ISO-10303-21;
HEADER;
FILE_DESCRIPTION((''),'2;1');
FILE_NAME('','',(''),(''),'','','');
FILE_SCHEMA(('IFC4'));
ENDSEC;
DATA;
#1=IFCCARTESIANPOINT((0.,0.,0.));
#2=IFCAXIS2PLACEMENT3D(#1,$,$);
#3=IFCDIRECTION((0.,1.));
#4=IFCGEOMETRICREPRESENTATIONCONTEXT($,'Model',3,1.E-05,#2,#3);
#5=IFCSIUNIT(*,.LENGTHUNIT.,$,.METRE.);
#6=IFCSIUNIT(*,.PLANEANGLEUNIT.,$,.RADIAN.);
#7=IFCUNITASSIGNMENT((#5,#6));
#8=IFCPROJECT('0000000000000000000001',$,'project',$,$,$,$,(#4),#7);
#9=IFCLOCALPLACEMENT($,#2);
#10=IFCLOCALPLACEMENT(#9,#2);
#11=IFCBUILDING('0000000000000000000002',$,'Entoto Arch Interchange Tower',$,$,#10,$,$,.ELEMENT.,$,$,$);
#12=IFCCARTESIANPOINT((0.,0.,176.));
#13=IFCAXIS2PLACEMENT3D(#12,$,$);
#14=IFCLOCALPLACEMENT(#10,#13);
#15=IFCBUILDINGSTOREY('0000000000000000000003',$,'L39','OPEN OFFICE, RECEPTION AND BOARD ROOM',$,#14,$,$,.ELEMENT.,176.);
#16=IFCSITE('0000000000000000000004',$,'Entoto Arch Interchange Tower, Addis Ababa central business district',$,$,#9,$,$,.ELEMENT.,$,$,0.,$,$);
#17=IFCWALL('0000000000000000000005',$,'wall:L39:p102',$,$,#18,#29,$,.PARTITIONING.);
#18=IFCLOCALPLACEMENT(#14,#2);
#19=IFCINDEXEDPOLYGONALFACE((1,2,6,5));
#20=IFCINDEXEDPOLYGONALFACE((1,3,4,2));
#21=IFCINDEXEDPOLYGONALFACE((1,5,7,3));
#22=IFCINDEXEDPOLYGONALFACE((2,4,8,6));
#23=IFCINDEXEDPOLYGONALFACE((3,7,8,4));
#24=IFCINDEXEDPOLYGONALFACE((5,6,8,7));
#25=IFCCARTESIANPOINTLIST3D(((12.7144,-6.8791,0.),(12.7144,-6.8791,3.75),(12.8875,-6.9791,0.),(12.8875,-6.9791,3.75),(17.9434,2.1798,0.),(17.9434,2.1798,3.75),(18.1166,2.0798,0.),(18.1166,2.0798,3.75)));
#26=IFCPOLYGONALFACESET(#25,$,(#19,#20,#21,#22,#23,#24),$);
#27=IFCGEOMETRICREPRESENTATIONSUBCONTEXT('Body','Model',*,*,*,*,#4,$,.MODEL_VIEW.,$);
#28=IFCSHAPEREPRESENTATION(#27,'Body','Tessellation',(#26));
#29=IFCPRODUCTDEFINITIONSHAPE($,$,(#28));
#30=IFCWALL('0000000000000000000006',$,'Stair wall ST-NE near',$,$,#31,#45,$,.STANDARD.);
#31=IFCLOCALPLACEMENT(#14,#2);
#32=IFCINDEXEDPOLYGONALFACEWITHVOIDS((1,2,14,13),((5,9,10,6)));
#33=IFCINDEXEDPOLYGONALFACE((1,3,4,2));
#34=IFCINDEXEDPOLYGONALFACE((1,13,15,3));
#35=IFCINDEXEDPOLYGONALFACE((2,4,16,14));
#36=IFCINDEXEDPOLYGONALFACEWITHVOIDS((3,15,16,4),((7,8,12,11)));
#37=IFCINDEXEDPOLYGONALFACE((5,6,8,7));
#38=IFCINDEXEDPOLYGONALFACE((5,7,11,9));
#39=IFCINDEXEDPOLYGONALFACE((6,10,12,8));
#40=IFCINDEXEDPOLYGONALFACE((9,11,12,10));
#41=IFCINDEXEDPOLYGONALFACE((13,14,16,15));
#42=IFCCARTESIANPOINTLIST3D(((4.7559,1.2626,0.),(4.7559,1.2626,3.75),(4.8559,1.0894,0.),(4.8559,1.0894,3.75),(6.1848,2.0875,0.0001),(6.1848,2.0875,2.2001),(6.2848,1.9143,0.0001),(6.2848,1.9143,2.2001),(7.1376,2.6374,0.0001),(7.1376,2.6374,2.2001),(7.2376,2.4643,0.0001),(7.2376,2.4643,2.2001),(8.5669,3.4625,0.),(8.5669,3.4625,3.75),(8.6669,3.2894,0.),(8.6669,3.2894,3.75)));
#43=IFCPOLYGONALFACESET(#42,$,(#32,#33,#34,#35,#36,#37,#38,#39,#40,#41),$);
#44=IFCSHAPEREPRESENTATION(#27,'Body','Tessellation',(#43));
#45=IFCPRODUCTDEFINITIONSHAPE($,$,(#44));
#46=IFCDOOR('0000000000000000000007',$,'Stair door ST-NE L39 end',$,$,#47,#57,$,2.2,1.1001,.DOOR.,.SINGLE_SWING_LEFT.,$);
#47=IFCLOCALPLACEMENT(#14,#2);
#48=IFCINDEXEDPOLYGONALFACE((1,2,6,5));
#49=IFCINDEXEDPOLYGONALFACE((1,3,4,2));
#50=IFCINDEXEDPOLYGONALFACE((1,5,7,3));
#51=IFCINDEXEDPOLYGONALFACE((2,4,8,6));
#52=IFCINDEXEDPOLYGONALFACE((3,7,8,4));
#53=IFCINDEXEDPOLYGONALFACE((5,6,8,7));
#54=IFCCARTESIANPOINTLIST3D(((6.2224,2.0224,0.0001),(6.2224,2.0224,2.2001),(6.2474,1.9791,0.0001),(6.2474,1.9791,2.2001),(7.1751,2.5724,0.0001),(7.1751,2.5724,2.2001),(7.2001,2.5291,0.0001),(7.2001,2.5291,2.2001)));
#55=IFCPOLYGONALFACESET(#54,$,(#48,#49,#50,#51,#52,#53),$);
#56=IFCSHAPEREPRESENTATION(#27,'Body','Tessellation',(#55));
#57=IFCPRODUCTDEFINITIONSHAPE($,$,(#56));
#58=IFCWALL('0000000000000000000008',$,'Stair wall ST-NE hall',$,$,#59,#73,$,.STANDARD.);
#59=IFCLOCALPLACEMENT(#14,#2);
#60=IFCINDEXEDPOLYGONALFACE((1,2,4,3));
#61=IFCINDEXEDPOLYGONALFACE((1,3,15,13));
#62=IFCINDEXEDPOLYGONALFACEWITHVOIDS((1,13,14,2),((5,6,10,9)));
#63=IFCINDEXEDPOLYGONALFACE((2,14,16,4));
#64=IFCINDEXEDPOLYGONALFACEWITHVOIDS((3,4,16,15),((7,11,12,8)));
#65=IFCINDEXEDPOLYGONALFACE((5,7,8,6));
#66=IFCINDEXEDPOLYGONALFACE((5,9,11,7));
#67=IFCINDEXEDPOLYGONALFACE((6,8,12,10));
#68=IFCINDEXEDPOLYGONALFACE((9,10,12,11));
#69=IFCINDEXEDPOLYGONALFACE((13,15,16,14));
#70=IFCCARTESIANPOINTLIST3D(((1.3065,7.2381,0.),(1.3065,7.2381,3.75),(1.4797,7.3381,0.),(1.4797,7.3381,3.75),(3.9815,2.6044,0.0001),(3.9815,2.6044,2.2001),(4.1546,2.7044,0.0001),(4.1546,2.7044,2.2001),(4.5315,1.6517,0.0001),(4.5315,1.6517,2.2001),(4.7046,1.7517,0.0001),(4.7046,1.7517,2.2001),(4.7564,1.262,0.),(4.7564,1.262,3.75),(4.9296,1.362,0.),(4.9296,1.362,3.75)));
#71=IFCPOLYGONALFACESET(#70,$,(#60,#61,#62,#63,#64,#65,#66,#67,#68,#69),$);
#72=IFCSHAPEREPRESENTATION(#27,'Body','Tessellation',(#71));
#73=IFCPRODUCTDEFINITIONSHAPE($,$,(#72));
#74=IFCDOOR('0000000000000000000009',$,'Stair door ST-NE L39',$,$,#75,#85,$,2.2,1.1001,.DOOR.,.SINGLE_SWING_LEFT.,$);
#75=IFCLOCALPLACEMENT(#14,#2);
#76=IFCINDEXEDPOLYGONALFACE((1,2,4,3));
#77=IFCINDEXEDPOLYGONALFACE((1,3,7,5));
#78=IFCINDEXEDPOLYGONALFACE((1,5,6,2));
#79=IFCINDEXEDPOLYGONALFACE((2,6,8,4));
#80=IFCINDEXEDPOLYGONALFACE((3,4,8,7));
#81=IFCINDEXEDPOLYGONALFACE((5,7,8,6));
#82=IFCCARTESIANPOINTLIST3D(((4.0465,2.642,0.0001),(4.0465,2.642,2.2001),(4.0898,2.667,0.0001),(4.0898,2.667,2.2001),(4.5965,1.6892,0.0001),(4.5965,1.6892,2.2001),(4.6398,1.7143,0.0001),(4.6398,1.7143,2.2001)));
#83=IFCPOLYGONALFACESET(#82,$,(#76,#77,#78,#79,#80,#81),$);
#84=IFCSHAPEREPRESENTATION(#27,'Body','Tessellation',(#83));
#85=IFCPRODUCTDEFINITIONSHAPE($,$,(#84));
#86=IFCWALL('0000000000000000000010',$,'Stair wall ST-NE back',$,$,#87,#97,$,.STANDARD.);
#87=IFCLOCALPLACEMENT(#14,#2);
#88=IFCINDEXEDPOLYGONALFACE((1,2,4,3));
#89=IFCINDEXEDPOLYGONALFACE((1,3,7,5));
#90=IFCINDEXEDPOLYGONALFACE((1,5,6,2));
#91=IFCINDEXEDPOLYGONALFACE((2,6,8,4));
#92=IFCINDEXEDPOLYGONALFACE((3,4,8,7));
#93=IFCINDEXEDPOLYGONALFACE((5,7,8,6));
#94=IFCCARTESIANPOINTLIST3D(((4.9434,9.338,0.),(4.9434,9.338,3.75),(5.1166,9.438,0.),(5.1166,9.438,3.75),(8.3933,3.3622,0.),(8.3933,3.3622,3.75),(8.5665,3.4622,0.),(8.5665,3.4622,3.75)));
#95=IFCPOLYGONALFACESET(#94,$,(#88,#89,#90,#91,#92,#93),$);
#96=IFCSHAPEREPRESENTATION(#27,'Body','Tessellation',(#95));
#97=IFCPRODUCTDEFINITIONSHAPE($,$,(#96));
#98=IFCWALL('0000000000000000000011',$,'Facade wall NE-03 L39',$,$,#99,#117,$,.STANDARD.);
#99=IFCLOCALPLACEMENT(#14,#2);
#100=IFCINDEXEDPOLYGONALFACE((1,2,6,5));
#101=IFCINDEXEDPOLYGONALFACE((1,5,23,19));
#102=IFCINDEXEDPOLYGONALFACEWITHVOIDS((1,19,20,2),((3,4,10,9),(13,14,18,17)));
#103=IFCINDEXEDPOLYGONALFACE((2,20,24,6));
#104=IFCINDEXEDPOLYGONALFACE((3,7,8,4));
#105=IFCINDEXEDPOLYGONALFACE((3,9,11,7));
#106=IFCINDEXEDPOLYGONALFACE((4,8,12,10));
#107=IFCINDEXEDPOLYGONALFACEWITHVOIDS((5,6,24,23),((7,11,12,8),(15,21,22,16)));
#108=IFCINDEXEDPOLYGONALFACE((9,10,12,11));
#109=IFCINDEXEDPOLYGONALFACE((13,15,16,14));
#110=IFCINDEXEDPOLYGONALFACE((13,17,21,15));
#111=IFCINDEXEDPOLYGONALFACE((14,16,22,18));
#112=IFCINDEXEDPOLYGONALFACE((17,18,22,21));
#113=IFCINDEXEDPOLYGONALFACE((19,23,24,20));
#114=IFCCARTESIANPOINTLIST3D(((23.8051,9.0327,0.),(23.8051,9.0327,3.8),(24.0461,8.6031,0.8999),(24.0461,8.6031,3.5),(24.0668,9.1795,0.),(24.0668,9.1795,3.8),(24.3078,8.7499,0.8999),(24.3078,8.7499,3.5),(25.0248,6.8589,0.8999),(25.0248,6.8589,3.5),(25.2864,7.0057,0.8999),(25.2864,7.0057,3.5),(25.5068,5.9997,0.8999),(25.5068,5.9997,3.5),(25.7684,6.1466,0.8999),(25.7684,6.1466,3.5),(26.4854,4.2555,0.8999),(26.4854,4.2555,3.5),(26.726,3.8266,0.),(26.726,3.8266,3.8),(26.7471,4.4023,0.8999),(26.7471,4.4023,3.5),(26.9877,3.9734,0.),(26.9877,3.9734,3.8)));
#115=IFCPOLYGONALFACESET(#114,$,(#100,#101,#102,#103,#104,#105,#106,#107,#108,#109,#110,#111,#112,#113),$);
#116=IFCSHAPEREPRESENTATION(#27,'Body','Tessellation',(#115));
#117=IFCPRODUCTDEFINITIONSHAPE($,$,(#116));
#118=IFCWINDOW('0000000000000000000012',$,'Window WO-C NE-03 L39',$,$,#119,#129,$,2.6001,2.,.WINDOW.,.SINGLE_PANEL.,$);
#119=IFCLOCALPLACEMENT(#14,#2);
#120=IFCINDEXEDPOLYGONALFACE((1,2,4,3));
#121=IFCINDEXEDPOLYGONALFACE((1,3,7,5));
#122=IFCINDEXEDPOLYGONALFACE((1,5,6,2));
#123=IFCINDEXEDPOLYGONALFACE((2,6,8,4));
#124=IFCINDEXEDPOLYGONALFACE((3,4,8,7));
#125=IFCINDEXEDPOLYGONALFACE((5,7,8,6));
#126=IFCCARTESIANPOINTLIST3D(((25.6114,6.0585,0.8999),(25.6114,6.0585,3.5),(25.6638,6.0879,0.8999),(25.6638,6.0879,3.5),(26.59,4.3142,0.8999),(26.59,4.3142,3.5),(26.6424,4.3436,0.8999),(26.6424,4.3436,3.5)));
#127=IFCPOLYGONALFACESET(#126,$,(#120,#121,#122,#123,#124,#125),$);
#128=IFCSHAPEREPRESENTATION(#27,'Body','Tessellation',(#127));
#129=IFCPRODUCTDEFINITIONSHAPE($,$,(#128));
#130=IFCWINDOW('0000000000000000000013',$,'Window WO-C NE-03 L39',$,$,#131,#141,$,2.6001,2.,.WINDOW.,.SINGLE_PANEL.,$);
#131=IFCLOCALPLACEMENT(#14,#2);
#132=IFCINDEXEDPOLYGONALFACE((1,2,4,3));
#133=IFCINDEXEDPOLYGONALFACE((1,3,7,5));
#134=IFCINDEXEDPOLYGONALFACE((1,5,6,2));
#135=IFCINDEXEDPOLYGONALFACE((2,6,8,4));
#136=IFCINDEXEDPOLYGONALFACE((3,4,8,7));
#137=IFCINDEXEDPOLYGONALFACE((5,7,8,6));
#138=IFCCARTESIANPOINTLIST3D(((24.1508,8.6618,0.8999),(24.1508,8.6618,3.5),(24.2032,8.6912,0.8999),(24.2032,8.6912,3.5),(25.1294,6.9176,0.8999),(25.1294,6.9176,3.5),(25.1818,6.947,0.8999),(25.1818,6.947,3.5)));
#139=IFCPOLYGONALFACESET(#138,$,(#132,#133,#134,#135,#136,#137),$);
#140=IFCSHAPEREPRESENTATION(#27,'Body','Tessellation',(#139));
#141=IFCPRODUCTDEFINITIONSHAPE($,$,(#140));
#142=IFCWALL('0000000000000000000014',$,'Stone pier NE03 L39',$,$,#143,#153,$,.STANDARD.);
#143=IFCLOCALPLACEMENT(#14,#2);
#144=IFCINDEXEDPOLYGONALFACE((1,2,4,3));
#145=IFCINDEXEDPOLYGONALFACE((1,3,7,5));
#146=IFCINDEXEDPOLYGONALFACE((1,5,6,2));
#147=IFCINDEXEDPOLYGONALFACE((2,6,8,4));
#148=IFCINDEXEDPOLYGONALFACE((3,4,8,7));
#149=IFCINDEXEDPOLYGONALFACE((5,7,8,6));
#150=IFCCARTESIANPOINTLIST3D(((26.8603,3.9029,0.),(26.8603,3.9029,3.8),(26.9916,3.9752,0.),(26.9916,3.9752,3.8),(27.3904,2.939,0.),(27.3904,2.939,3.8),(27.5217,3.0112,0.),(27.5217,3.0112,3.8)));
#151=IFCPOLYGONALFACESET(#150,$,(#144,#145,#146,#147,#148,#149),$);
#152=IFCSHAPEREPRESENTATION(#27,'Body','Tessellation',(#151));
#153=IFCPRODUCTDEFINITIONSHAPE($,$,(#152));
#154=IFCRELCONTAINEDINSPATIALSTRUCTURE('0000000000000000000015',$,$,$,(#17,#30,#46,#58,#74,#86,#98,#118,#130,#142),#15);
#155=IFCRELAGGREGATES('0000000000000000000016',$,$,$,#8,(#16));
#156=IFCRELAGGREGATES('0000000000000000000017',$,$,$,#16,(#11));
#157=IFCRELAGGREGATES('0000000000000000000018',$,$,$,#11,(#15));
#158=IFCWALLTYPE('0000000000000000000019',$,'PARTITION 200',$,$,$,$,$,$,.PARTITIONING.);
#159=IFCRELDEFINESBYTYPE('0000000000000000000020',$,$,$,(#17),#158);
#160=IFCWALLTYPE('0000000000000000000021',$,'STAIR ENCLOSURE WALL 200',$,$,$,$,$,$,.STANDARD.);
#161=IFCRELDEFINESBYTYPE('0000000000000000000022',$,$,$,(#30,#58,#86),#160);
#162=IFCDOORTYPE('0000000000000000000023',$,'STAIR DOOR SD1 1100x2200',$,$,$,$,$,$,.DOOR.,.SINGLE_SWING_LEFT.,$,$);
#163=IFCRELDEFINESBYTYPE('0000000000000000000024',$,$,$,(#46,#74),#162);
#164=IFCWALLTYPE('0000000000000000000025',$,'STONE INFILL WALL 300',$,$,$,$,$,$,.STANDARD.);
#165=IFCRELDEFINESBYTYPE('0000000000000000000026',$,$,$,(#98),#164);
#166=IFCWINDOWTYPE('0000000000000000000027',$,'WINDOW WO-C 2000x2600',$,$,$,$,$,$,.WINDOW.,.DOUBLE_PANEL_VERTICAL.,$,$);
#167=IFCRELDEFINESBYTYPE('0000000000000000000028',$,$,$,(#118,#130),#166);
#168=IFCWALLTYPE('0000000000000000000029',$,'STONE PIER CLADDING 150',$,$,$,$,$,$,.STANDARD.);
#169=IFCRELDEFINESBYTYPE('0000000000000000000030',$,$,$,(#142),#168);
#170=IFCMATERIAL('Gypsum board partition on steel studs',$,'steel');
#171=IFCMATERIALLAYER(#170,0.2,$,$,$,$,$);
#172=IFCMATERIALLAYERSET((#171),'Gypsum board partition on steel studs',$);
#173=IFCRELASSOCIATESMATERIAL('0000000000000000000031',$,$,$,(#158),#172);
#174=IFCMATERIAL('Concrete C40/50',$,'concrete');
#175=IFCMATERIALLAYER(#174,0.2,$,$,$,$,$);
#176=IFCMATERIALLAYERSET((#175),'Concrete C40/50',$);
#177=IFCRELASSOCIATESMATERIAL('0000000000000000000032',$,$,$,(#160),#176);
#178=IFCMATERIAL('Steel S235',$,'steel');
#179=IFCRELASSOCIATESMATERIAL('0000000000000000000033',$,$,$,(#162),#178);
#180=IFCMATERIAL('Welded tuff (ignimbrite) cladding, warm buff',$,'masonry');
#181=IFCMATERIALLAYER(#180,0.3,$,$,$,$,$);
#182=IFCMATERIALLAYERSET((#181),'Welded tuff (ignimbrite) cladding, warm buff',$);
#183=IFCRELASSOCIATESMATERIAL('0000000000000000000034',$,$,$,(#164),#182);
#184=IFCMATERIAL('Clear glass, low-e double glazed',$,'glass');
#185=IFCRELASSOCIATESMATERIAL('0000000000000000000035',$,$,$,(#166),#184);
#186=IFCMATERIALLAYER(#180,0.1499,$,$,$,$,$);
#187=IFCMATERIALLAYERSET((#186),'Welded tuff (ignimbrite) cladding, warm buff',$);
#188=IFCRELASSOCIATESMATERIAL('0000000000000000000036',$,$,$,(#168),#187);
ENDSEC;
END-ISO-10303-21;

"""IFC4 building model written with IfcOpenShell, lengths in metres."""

from ifc_helpers import new_model, si_unit, direction, frame, frame_2d, origin, place, context, subcontext, project, spatial, rectangle, extrude, material, layer, layer_set, type_object, element, fill, save


model = new_model("IFC4")

# Units and contexts
model_context = context("Model", 3, precision=1e-05, world=origin(), true_north=direction((0.0, 1.0)))
body_context = subcontext(model_context, "Body", "Model", "MODEL_VIEW")
ifc_project = project(units=[si_unit("LENGTHUNIT", "METRE"), si_unit("PLANEANGLEUNIT", "RADIAN")], contexts=[model_context])

# Site, building, storey
site_placement = place(None, origin())
site = spatial("IfcSite", under=ifc_project, at=site_placement, Name="Entoto Arch Interchange Tower, Addis Ababa central business district", CompositionType="ELEMENT", RefElevation=0.0)
building_placement = place(site_placement, origin())
building = spatial("IfcBuilding", under=site, at=building_placement, Name="Entoto Arch Interchange Tower", CompositionType="ELEMENT")
storey_placement = place(building_placement, frame((0.0, 0.0, 176.0)))
storey = spatial("IfcBuildingStorey", under=building, at=storey_placement, Name="L39", Description="OPEN OFFICE, RECEPTION AND BOARD ROOM", CompositionType="ELEMENT", Elevation=176.0)

# Shared definitions
ifc_material_1 = material(Name="Concrete C40/50", Category="concrete")
ifc_material_2 = material(Name="Gypsum board partition on steel studs", Category="steel")

# Shared definitions
ifc_layer_1 = layer(ifc_material_2, 0.2)
ifc_layer_set_1 = layer_set([ifc_layer_1], Name="Gypsum board partition on steel studs")
wall_type_1 = type_object("IfcWallType", Name="PARTITION 200", PredefinedType="PARTITIONING", material=ifc_layer_set_1)

# Wall
wall_1_placement = place(storey_placement, frame((18.03, 2.1299, 0.0), z_axis=(0.0, 0.0, 1.0), x_axis=(-0.49992, -0.866072, 0.0)))
element("IfcWall", 1, at=wall_1_placement, inside=storey, type_object=wall_type_1, Name="wall:L39:p102", PredefinedType="PARTITIONING", context=body_context, shape_type="SweptSolid", body=[
    extrude(rectangle(XDim=10.4597, YDim=0.2, at=frame_2d((5.23, 0.0))), origin(), (0.0, 0.0, 1.0), 3.75),
])

# Walls, openings, doors
ifc_layer_2 = layer(ifc_material_1, 0.2)
ifc_layer_set_2 = layer_set([ifc_layer_2], Name="Concrete C40/50")
wall_type_2 = type_object("IfcWallType", Name="STAIR ENCLOSURE WALL 200", PredefinedType="STANDARD", material=ifc_layer_set_2)
wall_2_placement = place(storey_placement, frame((4.8059, 1.176, 0.0), z_axis=(0.0, 0.0, 1.0), x_axis=(0.86606, 0.49994, 0.0)))
wall_2 = element("IfcWall", 2, at=wall_2_placement, inside=storey, type_object=wall_type_2, Name="Stair wall ST-NE near", PredefinedType="STANDARD", context=body_context, shape_type="SweptSolid", body=[
    extrude(rectangle(XDim=4.4004, YDim=0.2, at=frame_2d((2.2002, 0.0))), origin(), (0.0, 0.0, 1.0), 3.75),
])
opening_1_placement = place(wall_2_placement, frame((1.6499, 0.0, 0.0)))
opening_1 = element("IfcOpeningElement", 3, at=opening_1_placement, cuts=wall_2, PredefinedType="OPENING", context=body_context, shape_type="SweptSolid", body=[
    extrude(rectangle(XDim=1.1001, YDim=2.2, at=frame_2d((0.55, 1.1001))), frame((0.0, 0.1099, 0.0), z_axis=(0.0, -1.0, 0.0), x_axis=(1.0, 0.0, 0.0)), (0.0, 0.0, 1.0), 0.22),
])
ifc_material_3 = material(Name="Steel S235", Category="steel")
door_type_1 = type_object("IfcDoorType", Name="STAIR DOOR SD1 1100x2200", OperationType="SINGLE_SWING_LEFT", PredefinedType="DOOR", material=ifc_material_3)
door_1_placement = place(opening_1_placement, origin())
door_1 = element("IfcDoor", 4, at=door_1_placement, inside=storey, type_object=door_type_1, Name="Stair door ST-NE L39 end", OperationType="SINGLE_SWING_LEFT", OverallHeight=2.2, OverallWidth=1.1001, PredefinedType="DOOR", context=body_context, shape_type="SweptSolid", body=[
    extrude(rectangle(XDim=1.1001, YDim=2.2, at=frame_2d((0.55, 1.1001))), frame((0.0, 0.0249, 0.0), z_axis=(0.0, -1.0, 0.0), x_axis=(1.0, 0.0, 0.0)), (0.0, 0.0, 1.0), 0.05),
])
fill(opening_1, door_1)
wall_3_placement = place(storey_placement, frame((4.843, 1.312, 0.0), z_axis=(0.0, 0.0, 1.0), x_axis=(-0.499963, 0.866047, 0.0)))
wall_3 = element("IfcWall", 5, at=wall_3_placement, inside=storey, type_object=wall_type_2, Name="Stair wall ST-NE hall", PredefinedType="STANDARD", context=body_context, shape_type="SweptSolid", body=[
    extrude(rectangle(XDim=6.9004, YDim=0.2, at=frame_2d((3.4502, 0.0))), origin(), (0.0, 0.0, 1.0), 3.75),
])
opening_2_placement = place(wall_3_placement, frame((0.45, 0.0, 0.0)))
opening_2 = element("IfcOpeningElement", 6, at=opening_2_placement, cuts=wall_3, PredefinedType="OPENING", context=body_context, shape_type="SweptSolid", body=[
    extrude(rectangle(XDim=1.1001, YDim=2.2, at=frame_2d((0.55, 1.1001))), frame((0.0, 0.1099, 0.0), z_axis=(0.0, -1.0, 0.0), x_axis=(1.0, 0.0, 0.0)), (0.0, 0.0, 1.0), 0.22),
])
door_2_placement = place(opening_2_placement, origin())
door_2 = element("IfcDoor", 7, at=door_2_placement, inside=storey, type_object=door_type_1, Name="Stair door ST-NE L39", OperationType="SINGLE_SWING_LEFT", OverallHeight=2.2, OverallWidth=1.1001, PredefinedType="DOOR", context=body_context, shape_type="SweptSolid", body=[
    extrude(rectangle(XDim=1.1001, YDim=2.2, at=frame_2d((0.55, 1.1001))), frame((0.0, 0.0249, 0.0), z_axis=(0.0, -1.0, 0.0), x_axis=(1.0, 0.0, 0.0)), (0.0, 0.0, 1.0), 0.05),
])
fill(opening_2, door_2)

# Wall
wall_4_placement = place(storey_placement, frame((8.48, 3.4121, 0.0), z_axis=(0.0, 0.0, 1.0), x_axis=(-0.499979, 0.866038, 0.0)))
element("IfcWall", 8, at=wall_4_placement, inside=storey, type_object=wall_type_2, Name="Stair wall ST-NE back", PredefinedType="STANDARD", context=body_context, shape_type="SweptSolid", body=[
    extrude(rectangle(XDim=6.9001, YDim=0.2, at=frame_2d((3.4502, 0.0))), origin(), (0.0, 0.0, 1.0), 3.75),
])

# Wall, openings, windows
ifc_material_4 = material(Name="Welded tuff (ignimbrite) cladding, warm buff", Category="masonry")
ifc_layer_3 = layer(ifc_material_4, 0.3)
ifc_layer_set_3 = layer_set([ifc_layer_3], Name="Welded tuff (ignimbrite) cladding, warm buff")
wall_type_3 = type_object("IfcWallType", Name="STONE INFILL WALL 300", PredefinedType="STANDARD", material=ifc_layer_set_3)
wall_5_placement = place(storey_placement, frame((26.8569, 3.8999, 0.0), z_axis=(0.0, 0.0, 1.0), x_axis=(-0.489306, 0.872112, 0.0)))
wall_5 = element("IfcWall", 9, at=wall_5_placement, inside=storey, type_object=wall_type_3, Name="Facade wall NE-03 L39", PredefinedType="STANDARD", context=body_context, shape_type="SweptSolid", body=[
    extrude(rectangle(XDim=5.9695, YDim=0.3, at=frame_2d((2.9849, 0.0))), origin(), (0.0, 0.0, 1.0), 3.8),
])
opening_3_placement = place(wall_5_placement, frame((0.4919, 0.0, 0.8999)))
opening_3 = element("IfcOpeningElement", 10, at=opening_3_placement, cuts=wall_5, PredefinedType="OPENING", context=body_context, shape_type="SweptSolid", body=[
    extrude(rectangle(XDim=2.0, YDim=2.6001, at=frame_2d((1.0, 1.3))), frame((0.0, 0.1602, 0.0), z_axis=(0.0, -1.0, 0.0), x_axis=(1.0, 0.0, 0.0)), (0.0, 0.0, 1.0), 0.3201),
])
opening_4_placement = place(wall_5_placement, frame((3.4771, 0.0, 0.8999)))
opening_4 = element("IfcOpeningElement", 11, at=opening_4_placement, cuts=wall_5, PredefinedType="OPENING", context=body_context, shape_type="SweptSolid", body=[
    extrude(rectangle(XDim=2.0, YDim=2.6001, at=frame_2d((1.0, 1.3))), frame((0.0, 0.1602, 0.0), z_axis=(0.0, -1.0, 0.0), x_axis=(1.0, 0.0, 0.0)), (0.0, 0.0, 1.0), 0.3201),
])
ifc_material_5 = material(Name="Clear glass, low-e double glazed", Category="glass")
window_type = type_object("IfcWindowType", Name="WINDOW WO-C 2000x2600", PartitioningType="DOUBLE_PANEL_VERTICAL", PredefinedType="WINDOW", material=ifc_material_5)
window_1_placement = place(opening_3_placement, origin())
window_1 = element("IfcWindow", 12, at=window_1_placement, inside=storey, type_object=window_type, Name="Window WO-C NE-03 L39", OverallHeight=2.6001, OverallWidth=2.0, PartitioningType="SINGLE_PANEL", PredefinedType="WINDOW", context=body_context, shape_type="SweptSolid", body=[
    extrude(rectangle(XDim=2.0, YDim=2.6001, at=frame_2d((1.0, 1.3))), frame((0.0, 0.03, 0.0), z_axis=(0.0, -1.0, 0.0), x_axis=(1.0, 0.0, 0.0)), (0.0, 0.0, 1.0), 0.0601),
])
fill(opening_3, window_1)
window_2_placement = place(opening_4_placement, origin())
window_2 = element("IfcWindow", 13, at=window_2_placement, inside=storey, type_object=window_type, Name="Window WO-C NE-03 L39", OverallHeight=2.6001, OverallWidth=2.0, PartitioningType="SINGLE_PANEL", PredefinedType="WINDOW", context=body_context, shape_type="SweptSolid", body=[
    extrude(rectangle(XDim=2.0, YDim=2.6001, at=frame_2d((1.0, 1.3))), frame((0.0, 0.03, 0.0), z_axis=(0.0, -1.0, 0.0), x_axis=(1.0, 0.0, 0.0)), (0.0, 0.0, 1.0), 0.0601),
])
fill(opening_4, window_2)

# Wall
ifc_layer_4 = layer(ifc_material_4, 0.1499)
ifc_layer_set_4 = layer_set([ifc_layer_4], Name="Welded tuff (ignimbrite) cladding, warm buff")
wall_type_4 = type_object("IfcWallType", Name="STONE PIER CLADDING 150", PredefinedType="STANDARD", material=ifc_layer_set_4)
wall_6_placement = place(storey_placement, frame((27.4561, 2.9751, 0.0), z_axis=(0.0, 0.0, 1.0), x_axis=(-0.481851, 0.876253, 0.0)))
element("IfcWall", 14, at=wall_6_placement, inside=storey, type_object=wall_type_4, Name="Stone pier NE03 L39", PredefinedType="STANDARD", context=body_context, shape_type="SweptSolid", body=[
    extrude(rectangle(XDim=1.1001, YDim=0.1499, at=frame_2d((0.55, 0.0))), origin(), (0.0, 0.0, 1.0), 3.8),
])

save(model, "model.ifc")
